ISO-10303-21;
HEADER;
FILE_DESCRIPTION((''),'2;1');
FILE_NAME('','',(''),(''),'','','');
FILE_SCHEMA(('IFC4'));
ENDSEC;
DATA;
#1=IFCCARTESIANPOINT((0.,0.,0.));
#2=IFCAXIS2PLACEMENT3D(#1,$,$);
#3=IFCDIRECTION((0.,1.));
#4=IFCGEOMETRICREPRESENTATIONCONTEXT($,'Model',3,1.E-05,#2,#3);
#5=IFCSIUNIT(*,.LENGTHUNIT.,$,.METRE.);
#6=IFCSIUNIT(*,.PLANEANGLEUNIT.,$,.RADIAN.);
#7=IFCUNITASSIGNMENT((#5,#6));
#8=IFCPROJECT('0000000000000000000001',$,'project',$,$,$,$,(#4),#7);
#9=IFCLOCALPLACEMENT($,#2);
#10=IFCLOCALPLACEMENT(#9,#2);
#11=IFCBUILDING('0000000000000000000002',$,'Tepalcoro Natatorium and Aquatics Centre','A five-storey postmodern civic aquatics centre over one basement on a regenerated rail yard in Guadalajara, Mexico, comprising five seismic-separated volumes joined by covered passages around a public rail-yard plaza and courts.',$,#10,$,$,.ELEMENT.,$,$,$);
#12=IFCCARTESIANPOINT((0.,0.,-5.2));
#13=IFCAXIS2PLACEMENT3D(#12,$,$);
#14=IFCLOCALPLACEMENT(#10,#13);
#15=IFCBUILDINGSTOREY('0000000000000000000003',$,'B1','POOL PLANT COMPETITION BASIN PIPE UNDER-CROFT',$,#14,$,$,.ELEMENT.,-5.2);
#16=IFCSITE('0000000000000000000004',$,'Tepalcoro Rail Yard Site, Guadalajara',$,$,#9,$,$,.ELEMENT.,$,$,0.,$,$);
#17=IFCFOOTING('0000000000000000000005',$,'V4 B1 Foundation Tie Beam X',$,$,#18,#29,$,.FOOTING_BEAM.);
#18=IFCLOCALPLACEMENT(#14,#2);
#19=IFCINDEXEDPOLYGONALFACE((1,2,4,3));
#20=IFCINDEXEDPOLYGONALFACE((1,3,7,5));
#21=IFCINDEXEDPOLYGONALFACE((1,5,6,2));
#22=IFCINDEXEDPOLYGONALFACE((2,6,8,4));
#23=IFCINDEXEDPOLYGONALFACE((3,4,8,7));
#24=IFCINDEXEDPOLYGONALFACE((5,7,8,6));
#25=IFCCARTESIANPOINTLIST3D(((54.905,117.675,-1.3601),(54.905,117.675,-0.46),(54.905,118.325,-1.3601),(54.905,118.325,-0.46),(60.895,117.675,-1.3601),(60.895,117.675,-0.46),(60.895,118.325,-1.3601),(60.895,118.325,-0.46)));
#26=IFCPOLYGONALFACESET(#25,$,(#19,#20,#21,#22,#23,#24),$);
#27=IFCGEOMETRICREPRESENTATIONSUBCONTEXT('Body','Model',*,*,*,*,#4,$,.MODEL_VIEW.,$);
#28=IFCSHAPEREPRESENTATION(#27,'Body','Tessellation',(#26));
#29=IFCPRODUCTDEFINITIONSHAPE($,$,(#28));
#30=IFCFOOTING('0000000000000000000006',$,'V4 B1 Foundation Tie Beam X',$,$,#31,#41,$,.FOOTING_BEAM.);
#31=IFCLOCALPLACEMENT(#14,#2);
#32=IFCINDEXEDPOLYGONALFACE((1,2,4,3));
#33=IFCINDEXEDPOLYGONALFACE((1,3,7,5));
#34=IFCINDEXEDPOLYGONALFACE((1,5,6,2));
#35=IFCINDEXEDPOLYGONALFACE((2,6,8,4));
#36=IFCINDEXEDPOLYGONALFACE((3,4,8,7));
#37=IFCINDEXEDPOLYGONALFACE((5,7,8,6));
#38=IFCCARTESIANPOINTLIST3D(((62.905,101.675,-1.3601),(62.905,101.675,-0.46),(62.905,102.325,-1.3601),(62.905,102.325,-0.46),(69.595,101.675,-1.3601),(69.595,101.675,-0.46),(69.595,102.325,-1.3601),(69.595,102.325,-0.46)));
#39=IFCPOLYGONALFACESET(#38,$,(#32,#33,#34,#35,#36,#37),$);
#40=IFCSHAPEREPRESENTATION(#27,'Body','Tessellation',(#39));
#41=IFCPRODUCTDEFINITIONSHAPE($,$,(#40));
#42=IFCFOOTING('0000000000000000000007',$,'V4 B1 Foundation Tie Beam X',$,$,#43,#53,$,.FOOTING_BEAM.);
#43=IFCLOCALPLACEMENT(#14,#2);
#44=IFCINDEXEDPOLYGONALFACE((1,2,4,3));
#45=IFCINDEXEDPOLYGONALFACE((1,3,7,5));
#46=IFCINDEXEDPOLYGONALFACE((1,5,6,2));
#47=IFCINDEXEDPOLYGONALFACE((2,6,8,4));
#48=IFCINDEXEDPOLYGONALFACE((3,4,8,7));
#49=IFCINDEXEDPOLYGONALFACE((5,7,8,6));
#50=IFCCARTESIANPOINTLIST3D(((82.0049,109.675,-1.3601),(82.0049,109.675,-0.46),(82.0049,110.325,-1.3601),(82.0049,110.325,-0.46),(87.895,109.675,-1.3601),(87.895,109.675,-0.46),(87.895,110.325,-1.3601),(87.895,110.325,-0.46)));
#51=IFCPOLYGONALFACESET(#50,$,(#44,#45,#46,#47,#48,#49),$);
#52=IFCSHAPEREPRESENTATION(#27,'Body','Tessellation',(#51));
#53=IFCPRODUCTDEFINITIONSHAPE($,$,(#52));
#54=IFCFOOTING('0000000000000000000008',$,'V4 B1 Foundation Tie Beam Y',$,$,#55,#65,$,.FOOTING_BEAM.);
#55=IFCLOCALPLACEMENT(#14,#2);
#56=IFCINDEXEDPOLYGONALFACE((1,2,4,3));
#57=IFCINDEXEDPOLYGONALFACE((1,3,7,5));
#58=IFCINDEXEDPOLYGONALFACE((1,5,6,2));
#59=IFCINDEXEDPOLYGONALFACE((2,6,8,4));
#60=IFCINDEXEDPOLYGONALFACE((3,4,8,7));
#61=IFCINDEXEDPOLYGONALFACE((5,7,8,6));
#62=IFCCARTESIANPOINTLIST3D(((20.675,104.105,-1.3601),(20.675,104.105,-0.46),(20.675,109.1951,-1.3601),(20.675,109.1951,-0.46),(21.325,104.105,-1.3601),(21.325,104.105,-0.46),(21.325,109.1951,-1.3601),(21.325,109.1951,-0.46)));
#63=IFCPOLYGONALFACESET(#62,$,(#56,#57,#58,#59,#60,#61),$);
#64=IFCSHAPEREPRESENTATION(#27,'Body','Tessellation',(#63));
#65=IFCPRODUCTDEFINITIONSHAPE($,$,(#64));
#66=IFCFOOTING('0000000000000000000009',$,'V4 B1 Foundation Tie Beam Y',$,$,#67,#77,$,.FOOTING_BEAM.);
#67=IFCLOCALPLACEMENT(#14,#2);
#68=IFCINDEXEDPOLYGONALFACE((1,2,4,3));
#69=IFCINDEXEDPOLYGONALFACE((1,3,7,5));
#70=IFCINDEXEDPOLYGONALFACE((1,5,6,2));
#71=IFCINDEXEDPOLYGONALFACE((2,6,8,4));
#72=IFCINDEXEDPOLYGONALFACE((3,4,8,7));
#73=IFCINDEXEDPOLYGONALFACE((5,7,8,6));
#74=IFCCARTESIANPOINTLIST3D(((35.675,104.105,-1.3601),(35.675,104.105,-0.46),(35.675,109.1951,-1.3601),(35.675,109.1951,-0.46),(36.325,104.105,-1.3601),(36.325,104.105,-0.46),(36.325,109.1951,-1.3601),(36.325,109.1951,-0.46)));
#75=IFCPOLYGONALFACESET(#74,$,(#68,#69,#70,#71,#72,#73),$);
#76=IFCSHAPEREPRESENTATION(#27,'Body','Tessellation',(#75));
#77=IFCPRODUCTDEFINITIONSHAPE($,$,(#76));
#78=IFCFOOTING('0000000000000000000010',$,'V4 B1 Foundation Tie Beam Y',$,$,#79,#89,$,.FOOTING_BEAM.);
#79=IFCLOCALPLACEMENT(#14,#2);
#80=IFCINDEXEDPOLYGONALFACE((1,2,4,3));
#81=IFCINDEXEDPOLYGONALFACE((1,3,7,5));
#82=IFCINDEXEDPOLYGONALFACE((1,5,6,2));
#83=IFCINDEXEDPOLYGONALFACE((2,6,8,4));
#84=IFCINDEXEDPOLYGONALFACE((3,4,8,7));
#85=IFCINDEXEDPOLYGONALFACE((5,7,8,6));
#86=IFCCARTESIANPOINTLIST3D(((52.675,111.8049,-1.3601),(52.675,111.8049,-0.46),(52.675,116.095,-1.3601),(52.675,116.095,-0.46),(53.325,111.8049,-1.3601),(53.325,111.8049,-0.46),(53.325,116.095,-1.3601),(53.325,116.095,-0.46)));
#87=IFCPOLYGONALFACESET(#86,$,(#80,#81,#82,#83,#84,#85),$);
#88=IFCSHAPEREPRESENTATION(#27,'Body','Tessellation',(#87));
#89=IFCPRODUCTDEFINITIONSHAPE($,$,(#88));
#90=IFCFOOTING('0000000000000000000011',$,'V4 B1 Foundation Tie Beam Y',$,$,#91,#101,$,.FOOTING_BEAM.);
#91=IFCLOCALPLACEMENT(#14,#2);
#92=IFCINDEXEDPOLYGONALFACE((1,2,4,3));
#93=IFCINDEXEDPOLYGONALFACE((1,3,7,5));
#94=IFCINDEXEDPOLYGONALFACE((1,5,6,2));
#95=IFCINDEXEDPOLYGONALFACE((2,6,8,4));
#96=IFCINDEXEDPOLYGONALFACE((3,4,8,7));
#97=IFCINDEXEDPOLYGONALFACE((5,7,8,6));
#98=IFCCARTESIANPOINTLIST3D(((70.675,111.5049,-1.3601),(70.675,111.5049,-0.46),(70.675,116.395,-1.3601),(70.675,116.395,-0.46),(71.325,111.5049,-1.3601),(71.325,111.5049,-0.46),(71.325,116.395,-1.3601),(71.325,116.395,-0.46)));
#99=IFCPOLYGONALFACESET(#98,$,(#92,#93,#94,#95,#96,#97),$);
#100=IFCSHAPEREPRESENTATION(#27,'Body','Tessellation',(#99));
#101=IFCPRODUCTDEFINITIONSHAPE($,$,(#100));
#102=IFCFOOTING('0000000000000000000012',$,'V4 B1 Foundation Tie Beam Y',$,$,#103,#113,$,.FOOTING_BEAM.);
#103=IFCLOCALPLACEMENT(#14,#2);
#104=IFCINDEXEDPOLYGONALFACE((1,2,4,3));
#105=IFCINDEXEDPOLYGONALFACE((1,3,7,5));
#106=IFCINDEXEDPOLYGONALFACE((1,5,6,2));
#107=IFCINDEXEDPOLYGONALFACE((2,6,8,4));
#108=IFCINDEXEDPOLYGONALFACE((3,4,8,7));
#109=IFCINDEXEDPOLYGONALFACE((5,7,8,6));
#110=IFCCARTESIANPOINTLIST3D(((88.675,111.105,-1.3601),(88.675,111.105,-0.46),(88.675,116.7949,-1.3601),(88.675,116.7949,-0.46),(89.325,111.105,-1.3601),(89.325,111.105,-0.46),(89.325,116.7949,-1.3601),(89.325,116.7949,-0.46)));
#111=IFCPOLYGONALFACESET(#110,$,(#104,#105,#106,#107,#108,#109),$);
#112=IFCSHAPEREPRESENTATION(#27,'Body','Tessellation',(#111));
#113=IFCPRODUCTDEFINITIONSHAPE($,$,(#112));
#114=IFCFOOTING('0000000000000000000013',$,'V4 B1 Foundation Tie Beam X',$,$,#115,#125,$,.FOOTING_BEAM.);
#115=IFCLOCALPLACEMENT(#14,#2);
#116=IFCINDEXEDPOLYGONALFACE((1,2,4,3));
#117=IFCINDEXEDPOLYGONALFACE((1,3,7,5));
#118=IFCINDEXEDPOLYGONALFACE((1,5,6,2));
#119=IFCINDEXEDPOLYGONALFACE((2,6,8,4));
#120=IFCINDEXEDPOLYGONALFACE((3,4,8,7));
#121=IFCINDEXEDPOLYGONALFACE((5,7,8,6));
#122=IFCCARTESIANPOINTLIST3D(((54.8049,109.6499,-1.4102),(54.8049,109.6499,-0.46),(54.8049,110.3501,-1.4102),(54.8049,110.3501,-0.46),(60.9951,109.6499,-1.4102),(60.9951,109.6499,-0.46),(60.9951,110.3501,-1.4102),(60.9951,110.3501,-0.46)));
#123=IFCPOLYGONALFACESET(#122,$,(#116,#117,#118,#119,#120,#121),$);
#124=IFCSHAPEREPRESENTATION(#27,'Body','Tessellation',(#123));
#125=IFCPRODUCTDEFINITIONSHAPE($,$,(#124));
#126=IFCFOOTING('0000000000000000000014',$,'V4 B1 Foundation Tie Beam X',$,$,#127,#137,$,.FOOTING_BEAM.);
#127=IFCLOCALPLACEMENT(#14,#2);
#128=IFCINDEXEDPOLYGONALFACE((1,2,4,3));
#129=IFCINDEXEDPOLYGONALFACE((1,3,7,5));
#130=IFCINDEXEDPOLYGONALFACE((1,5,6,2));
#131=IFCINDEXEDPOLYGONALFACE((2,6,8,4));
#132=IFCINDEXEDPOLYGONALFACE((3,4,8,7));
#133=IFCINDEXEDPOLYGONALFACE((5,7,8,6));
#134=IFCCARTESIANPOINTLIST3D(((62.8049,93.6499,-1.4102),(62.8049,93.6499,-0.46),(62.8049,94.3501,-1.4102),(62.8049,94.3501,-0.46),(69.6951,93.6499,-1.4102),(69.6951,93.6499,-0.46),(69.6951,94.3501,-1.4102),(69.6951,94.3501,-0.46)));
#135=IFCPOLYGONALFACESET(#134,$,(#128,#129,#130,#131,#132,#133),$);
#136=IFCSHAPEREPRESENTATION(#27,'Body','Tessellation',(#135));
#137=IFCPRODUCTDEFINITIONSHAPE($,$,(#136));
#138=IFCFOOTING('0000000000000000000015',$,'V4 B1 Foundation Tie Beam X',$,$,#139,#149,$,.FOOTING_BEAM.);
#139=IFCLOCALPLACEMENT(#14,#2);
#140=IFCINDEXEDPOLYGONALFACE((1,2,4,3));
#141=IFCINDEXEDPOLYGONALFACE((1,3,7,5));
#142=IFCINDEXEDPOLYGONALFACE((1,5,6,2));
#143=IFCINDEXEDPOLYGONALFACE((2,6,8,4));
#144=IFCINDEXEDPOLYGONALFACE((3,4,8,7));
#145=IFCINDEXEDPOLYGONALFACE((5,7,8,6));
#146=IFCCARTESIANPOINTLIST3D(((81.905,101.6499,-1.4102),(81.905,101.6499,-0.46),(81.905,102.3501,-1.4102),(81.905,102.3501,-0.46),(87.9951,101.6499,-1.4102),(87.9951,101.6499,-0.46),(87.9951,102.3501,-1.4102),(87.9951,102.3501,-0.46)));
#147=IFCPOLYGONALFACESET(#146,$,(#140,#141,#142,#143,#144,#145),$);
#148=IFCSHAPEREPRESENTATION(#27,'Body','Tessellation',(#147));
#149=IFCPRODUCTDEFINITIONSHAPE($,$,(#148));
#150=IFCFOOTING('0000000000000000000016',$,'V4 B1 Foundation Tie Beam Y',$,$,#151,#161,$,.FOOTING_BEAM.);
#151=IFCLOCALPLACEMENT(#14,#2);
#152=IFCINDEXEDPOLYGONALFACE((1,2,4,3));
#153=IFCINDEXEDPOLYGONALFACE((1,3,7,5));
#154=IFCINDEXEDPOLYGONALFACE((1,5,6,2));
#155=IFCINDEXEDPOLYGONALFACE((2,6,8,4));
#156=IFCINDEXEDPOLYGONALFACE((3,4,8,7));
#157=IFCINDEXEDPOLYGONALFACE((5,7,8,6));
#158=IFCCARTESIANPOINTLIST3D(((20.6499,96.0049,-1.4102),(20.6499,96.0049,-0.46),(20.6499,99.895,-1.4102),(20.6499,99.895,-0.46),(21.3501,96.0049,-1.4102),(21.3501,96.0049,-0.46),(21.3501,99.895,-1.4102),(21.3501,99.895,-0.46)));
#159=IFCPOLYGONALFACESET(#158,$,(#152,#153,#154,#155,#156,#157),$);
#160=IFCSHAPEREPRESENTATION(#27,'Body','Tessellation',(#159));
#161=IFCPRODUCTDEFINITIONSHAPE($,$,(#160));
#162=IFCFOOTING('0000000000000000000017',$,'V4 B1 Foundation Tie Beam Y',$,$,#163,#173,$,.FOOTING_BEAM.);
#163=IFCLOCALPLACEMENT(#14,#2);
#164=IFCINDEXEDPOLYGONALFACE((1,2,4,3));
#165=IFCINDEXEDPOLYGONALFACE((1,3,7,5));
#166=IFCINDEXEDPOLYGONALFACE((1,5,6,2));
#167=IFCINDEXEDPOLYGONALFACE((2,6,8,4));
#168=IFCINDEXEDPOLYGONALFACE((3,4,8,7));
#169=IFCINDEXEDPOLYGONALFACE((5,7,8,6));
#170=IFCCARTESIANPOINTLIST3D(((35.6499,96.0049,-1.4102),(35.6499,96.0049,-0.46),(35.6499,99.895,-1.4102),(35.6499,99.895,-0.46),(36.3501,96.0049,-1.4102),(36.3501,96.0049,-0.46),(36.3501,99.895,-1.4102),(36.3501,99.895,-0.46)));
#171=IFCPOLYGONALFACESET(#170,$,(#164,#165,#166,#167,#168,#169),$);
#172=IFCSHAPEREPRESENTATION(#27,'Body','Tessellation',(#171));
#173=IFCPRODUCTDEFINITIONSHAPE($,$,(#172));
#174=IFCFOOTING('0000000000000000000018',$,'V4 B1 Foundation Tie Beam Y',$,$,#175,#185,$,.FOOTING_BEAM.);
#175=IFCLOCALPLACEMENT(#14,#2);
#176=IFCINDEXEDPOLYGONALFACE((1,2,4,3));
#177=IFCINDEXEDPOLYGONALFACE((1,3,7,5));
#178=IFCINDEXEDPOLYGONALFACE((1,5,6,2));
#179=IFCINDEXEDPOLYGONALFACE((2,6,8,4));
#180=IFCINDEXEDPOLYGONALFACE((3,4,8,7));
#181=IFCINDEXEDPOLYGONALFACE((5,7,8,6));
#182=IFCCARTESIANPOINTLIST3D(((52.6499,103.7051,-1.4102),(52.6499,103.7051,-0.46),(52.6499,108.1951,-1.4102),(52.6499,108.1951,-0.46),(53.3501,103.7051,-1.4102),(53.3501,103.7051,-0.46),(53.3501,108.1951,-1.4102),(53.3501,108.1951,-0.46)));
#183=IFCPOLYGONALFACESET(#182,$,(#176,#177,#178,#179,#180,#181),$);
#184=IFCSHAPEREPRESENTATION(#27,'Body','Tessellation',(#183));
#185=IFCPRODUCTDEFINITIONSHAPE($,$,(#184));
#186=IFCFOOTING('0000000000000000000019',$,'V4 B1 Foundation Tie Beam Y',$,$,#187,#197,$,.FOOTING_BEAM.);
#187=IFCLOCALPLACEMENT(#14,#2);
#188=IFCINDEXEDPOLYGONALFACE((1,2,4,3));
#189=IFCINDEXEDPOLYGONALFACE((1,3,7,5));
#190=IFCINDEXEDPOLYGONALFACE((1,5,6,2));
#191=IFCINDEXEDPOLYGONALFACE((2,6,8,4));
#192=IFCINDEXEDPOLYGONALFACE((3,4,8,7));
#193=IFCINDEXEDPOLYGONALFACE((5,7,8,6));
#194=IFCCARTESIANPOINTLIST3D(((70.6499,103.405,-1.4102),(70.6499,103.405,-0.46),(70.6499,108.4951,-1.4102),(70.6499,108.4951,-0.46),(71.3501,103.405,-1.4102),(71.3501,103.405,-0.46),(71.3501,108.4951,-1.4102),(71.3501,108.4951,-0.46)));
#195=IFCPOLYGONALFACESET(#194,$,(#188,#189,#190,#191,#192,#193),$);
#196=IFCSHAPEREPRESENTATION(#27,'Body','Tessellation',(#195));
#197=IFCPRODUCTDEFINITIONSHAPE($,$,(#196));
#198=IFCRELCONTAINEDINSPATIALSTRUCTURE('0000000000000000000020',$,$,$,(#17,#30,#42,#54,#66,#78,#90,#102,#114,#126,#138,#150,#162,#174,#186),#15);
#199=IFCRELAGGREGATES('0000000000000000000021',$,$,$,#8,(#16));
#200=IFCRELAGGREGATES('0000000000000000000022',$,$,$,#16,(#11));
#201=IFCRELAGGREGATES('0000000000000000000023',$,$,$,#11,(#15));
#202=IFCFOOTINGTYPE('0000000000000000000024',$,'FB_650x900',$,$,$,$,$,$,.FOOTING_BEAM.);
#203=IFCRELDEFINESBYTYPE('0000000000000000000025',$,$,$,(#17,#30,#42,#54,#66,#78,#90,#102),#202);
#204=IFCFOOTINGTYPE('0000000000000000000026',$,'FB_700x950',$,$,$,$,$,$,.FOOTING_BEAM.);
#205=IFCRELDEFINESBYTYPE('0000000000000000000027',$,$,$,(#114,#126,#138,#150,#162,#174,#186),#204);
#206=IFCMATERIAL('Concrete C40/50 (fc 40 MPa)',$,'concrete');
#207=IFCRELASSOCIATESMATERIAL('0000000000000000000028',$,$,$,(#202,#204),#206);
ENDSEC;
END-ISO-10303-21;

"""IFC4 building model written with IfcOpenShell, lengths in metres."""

from ifc_helpers import new_model, si_unit, direction, frame, origin, place, context, subcontext, project, spatial, polyline, outline, extrude, material, type_object, element, save


model = new_model("IFC4")

# Units and contexts
model_context = context("Model", 3, precision=1e-05, world=origin(), true_north=direction((0.0, 1.0)))
body_context = subcontext(model_context, "Body", "Model", "MODEL_VIEW")
ifc_project = project(units=[si_unit("LENGTHUNIT", "METRE"), si_unit("PLANEANGLEUNIT", "RADIAN")], contexts=[model_context])

# Site, building, storey
site_placement = place(None, origin())
site = spatial("IfcSite", under=ifc_project, at=site_placement, Name="Tepalcoro Rail Yard Site, Guadalajara", CompositionType="ELEMENT", RefElevation=0.0)
building_placement = place(site_placement, origin())
building = spatial("IfcBuilding", under=site, at=building_placement, Name="Tepalcoro Natatorium and Aquatics Centre", Description="A five-storey postmodern civic aquatics centre over one basement on a regenerated rail yard in Guadalajara, Mexico, comprising five seismic-separated volumes joined by covered passages around a public rail-yard plaza and courts.", CompositionType="ELEMENT")
storey_placement = place(building_placement, frame((0.0, 0.0, -5.2)))
storey = spatial("IfcBuildingStorey", under=building, at=storey_placement, Name="B1", Description="POOL PLANT COMPETITION BASIN PIPE UNDER-CROFT", CompositionType="ELEMENT", Elevation=-5.2)

# Footings
ifc_material = material(Name="Concrete C40/50 (fc 40 MPa)", Category="concrete")
footing_type_1 = type_object("IfcFootingType", Name="FB_650x900", PredefinedType="FOOTING_BEAM", material=ifc_material)
footing_1_placement = place(storey_placement, frame((0.0, 0.0, -1.3601)))
element("IfcFooting", 1, at=footing_1_placement, inside=storey, type_object=footing_type_1, Name="V4 B1 Foundation Tie Beam X", PredefinedType="FOOTING_BEAM", context=body_context, shape_type="SweptSolid", body=[
    extrude(outline(polyline([(54.905, 117.675), (60.895, 117.675), (60.895, 118.325), (54.905, 118.325), (54.905, 117.675)])), origin(), (0.0, 0.0, 1.0), 0.9001),
])
footing_2_placement = place(storey_placement, frame((0.0, 0.0, -1.3601)))
element("IfcFooting", 2, at=footing_2_placement, inside=storey, type_object=footing_type_1, Name="V4 B1 Foundation Tie Beam X", PredefinedType="FOOTING_BEAM", context=body_context, shape_type="SweptSolid", body=[
    extrude(outline(polyline([(62.905, 101.675), (69.595, 101.675), (69.595, 102.325), (62.905, 102.325), (62.905, 101.675)])), origin(), (0.0, 0.0, 1.0), 0.9001),
])
footing_3_placement = place(storey_placement, frame((0.0, 0.0, -1.3601)))
element("IfcFooting", 3, at=footing_3_placement, inside=storey, type_object=footing_type_1, Name="V4 B1 Foundation Tie Beam X", PredefinedType="FOOTING_BEAM", context=body_context, shape_type="SweptSolid", body=[
    extrude(outline(polyline([(82.0049, 109.675), (87.895, 109.675), (87.895, 110.325), (82.0049, 110.325), (82.0049, 109.675)])), origin(), (0.0, 0.0, 1.0), 0.9001),
])
footing_4_placement = place(storey_placement, frame((0.0, 0.0, -1.3601)))
element("IfcFooting", 4, at=footing_4_placement, inside=storey, type_object=footing_type_1, Name="V4 B1 Foundation Tie Beam Y", PredefinedType="FOOTING_BEAM", context=body_context, shape_type="SweptSolid", body=[
    extrude(outline(polyline([(21.325, 104.105), (21.325, 109.1951), (20.675, 109.1951), (20.675, 104.105), (21.325, 104.105)])), origin(), (0.0, 0.0, 1.0), 0.9001),
])
footing_5_placement = place(storey_placement, frame((0.0, 0.0, -1.3601)))
element("IfcFooting", 5, at=footing_5_placement, inside=storey, type_object=footing_type_1, Name="V4 B1 Foundation Tie Beam Y", PredefinedType="FOOTING_BEAM", context=body_context, shape_type="SweptSolid", body=[
    extrude(outline(polyline([(36.325, 104.105), (36.325, 109.1951), (35.675, 109.1951), (35.675, 104.105), (36.325, 104.105)])), origin(), (0.0, 0.0, 1.0), 0.9001),
])
footing_6_placement = place(storey_placement, frame((0.0, 0.0, -1.3601)))
element("IfcFooting", 6, at=footing_6_placement, inside=storey, type_object=footing_type_1, Name="V4 B1 Foundation Tie Beam Y", PredefinedType="FOOTING_BEAM", context=body_context, shape_type="SweptSolid", body=[
    extrude(outline(polyline([(53.325, 111.8049), (53.325, 116.095), (52.675, 116.095), (52.675, 111.8049), (53.325, 111.8049)])), origin(), (0.0, 0.0, 1.0), 0.9001),
])
footing_7_placement = place(storey_placement, frame((0.0, 0.0, -1.3601)))
element("IfcFooting", 7, at=footing_7_placement, inside=storey, type_object=footing_type_1, Name="V4 B1 Foundation Tie Beam Y", PredefinedType="FOOTING_BEAM", context=body_context, shape_type="SweptSolid", body=[
    extrude(outline(polyline([(71.325, 111.5049), (71.325, 116.395), (70.675, 116.395), (70.675, 111.5049), (71.325, 111.5049)])), origin(), (0.0, 0.0, 1.0), 0.9001),
])
footing_8_placement = place(storey_placement, frame((0.0, 0.0, -1.3601)))
element("IfcFooting", 8, at=footing_8_placement, inside=storey, type_object=footing_type_1, Name="V4 B1 Foundation Tie Beam Y", PredefinedType="FOOTING_BEAM", context=body_context, shape_type="SweptSolid", body=[
    extrude(outline(polyline([(89.325, 111.105), (89.325, 116.7949), (88.675, 116.7949), (88.675, 111.105), (89.325, 111.105)])), origin(), (0.0, 0.0, 1.0), 0.9001),
])
footing_type_2 = type_object("IfcFootingType", Name="FB_700x950", PredefinedType="FOOTING_BEAM", material=ifc_material)
footing_9_placement = place(storey_placement, frame((0.0, 0.0, -1.4102)))
element("IfcFooting", 9, at=footing_9_placement, inside=storey, type_object=footing_type_2, Name="V4 B1 Foundation Tie Beam X", PredefinedType="FOOTING_BEAM", context=body_context, shape_type="SweptSolid", body=[
    extrude(outline(polyline([(54.8049, 109.6499), (60.9951, 109.6499), (60.9951, 110.3501), (54.8049, 110.3501), (54.8049, 109.6499)])), origin(), (0.0, 0.0, 1.0), 0.9502),
])
footing_10_placement = place(storey_placement, frame((0.0, 0.0, -1.4102)))
element("IfcFooting", 10, at=footing_10_placement, inside=storey, type_object=footing_type_2, Name="V4 B1 Foundation Tie Beam X", PredefinedType="FOOTING_BEAM", context=body_context, shape_type="SweptSolid", body=[
    extrude(outline(polyline([(62.8049, 93.6499), (69.6951, 93.6499), (69.6951, 94.3501), (62.8049, 94.3501), (62.8049, 93.6499)])), origin(), (0.0, 0.0, 1.0), 0.9502),
])
footing_11_placement = place(storey_placement, frame((0.0, 0.0, -1.4102)))
element("IfcFooting", 11, at=footing_11_placement, inside=storey, type_object=footing_type_2, Name="V4 B1 Foundation Tie Beam X", PredefinedType="FOOTING_BEAM", context=body_context, shape_type="SweptSolid", body=[
    extrude(outline(polyline([(81.905, 101.6499), (87.9951, 101.6499), (87.9951, 102.3501), (81.905, 102.3501), (81.905, 101.6499)])), origin(), (0.0, 0.0, 1.0), 0.9502),
])
footing_12_placement = place(storey_placement, frame((0.0, 0.0, -1.4102)))
element("IfcFooting", 12, at=footing_12_placement, inside=storey, type_object=footing_type_2, Name="V4 B1 Foundation Tie Beam Y", PredefinedType="FOOTING_BEAM", context=body_context, shape_type="SweptSolid", body=[
    extrude(outline(polyline([(21.3501, 96.0049), (21.3501, 99.895), (20.6499, 99.895), (20.6499, 96.0049), (21.3501, 96.0049)])), origin(), (0.0, 0.0, 1.0), 0.9502),
])
footing_13_placement = place(storey_placement, frame((0.0, 0.0, -1.4102)))
element("IfcFooting", 13, at=footing_13_placement, inside=storey, type_object=footing_type_2, Name="V4 B1 Foundation Tie Beam Y", PredefinedType="FOOTING_BEAM", context=body_context, shape_type="SweptSolid", body=[
    extrude(outline(polyline([(36.3501, 96.0049), (36.3501, 99.895), (35.6499, 99.895), (35.6499, 96.0049), (36.3501, 96.0049)])), origin(), (0.0, 0.0, 1.0), 0.9502),
])
footing_14_placement = place(storey_placement, frame((0.0, 0.0, -1.4102)))
element("IfcFooting", 14, at=footing_14_placement, inside=storey, type_object=footing_type_2, Name="V4 B1 Foundation Tie Beam Y", PredefinedType="FOOTING_BEAM", context=body_context, shape_type="SweptSolid", body=[
    extrude(outline(polyline([(53.3501, 103.7051), (53.3501, 108.1951), (52.6499, 108.1951), (52.6499, 103.7051), (53.3501, 103.7051)])), origin(), (0.0, 0.0, 1.0), 0.9502),
])
footing_15_placement = place(storey_placement, frame((0.0, 0.0, -1.4102)))
element("IfcFooting", 15, at=footing_15_placement, inside=storey, type_object=footing_type_2, Name="V4 B1 Foundation Tie Beam Y", PredefinedType="FOOTING_BEAM", context=body_context, shape_type="SweptSolid", body=[
    extrude(outline(polyline([(71.3501, 103.405), (71.3501, 108.4951), (70.6499, 108.4951), (70.6499, 103.405), (71.3501, 103.405)])), origin(), (0.0, 0.0, 1.0), 0.9502),
])

save(model, "model.ifc")
